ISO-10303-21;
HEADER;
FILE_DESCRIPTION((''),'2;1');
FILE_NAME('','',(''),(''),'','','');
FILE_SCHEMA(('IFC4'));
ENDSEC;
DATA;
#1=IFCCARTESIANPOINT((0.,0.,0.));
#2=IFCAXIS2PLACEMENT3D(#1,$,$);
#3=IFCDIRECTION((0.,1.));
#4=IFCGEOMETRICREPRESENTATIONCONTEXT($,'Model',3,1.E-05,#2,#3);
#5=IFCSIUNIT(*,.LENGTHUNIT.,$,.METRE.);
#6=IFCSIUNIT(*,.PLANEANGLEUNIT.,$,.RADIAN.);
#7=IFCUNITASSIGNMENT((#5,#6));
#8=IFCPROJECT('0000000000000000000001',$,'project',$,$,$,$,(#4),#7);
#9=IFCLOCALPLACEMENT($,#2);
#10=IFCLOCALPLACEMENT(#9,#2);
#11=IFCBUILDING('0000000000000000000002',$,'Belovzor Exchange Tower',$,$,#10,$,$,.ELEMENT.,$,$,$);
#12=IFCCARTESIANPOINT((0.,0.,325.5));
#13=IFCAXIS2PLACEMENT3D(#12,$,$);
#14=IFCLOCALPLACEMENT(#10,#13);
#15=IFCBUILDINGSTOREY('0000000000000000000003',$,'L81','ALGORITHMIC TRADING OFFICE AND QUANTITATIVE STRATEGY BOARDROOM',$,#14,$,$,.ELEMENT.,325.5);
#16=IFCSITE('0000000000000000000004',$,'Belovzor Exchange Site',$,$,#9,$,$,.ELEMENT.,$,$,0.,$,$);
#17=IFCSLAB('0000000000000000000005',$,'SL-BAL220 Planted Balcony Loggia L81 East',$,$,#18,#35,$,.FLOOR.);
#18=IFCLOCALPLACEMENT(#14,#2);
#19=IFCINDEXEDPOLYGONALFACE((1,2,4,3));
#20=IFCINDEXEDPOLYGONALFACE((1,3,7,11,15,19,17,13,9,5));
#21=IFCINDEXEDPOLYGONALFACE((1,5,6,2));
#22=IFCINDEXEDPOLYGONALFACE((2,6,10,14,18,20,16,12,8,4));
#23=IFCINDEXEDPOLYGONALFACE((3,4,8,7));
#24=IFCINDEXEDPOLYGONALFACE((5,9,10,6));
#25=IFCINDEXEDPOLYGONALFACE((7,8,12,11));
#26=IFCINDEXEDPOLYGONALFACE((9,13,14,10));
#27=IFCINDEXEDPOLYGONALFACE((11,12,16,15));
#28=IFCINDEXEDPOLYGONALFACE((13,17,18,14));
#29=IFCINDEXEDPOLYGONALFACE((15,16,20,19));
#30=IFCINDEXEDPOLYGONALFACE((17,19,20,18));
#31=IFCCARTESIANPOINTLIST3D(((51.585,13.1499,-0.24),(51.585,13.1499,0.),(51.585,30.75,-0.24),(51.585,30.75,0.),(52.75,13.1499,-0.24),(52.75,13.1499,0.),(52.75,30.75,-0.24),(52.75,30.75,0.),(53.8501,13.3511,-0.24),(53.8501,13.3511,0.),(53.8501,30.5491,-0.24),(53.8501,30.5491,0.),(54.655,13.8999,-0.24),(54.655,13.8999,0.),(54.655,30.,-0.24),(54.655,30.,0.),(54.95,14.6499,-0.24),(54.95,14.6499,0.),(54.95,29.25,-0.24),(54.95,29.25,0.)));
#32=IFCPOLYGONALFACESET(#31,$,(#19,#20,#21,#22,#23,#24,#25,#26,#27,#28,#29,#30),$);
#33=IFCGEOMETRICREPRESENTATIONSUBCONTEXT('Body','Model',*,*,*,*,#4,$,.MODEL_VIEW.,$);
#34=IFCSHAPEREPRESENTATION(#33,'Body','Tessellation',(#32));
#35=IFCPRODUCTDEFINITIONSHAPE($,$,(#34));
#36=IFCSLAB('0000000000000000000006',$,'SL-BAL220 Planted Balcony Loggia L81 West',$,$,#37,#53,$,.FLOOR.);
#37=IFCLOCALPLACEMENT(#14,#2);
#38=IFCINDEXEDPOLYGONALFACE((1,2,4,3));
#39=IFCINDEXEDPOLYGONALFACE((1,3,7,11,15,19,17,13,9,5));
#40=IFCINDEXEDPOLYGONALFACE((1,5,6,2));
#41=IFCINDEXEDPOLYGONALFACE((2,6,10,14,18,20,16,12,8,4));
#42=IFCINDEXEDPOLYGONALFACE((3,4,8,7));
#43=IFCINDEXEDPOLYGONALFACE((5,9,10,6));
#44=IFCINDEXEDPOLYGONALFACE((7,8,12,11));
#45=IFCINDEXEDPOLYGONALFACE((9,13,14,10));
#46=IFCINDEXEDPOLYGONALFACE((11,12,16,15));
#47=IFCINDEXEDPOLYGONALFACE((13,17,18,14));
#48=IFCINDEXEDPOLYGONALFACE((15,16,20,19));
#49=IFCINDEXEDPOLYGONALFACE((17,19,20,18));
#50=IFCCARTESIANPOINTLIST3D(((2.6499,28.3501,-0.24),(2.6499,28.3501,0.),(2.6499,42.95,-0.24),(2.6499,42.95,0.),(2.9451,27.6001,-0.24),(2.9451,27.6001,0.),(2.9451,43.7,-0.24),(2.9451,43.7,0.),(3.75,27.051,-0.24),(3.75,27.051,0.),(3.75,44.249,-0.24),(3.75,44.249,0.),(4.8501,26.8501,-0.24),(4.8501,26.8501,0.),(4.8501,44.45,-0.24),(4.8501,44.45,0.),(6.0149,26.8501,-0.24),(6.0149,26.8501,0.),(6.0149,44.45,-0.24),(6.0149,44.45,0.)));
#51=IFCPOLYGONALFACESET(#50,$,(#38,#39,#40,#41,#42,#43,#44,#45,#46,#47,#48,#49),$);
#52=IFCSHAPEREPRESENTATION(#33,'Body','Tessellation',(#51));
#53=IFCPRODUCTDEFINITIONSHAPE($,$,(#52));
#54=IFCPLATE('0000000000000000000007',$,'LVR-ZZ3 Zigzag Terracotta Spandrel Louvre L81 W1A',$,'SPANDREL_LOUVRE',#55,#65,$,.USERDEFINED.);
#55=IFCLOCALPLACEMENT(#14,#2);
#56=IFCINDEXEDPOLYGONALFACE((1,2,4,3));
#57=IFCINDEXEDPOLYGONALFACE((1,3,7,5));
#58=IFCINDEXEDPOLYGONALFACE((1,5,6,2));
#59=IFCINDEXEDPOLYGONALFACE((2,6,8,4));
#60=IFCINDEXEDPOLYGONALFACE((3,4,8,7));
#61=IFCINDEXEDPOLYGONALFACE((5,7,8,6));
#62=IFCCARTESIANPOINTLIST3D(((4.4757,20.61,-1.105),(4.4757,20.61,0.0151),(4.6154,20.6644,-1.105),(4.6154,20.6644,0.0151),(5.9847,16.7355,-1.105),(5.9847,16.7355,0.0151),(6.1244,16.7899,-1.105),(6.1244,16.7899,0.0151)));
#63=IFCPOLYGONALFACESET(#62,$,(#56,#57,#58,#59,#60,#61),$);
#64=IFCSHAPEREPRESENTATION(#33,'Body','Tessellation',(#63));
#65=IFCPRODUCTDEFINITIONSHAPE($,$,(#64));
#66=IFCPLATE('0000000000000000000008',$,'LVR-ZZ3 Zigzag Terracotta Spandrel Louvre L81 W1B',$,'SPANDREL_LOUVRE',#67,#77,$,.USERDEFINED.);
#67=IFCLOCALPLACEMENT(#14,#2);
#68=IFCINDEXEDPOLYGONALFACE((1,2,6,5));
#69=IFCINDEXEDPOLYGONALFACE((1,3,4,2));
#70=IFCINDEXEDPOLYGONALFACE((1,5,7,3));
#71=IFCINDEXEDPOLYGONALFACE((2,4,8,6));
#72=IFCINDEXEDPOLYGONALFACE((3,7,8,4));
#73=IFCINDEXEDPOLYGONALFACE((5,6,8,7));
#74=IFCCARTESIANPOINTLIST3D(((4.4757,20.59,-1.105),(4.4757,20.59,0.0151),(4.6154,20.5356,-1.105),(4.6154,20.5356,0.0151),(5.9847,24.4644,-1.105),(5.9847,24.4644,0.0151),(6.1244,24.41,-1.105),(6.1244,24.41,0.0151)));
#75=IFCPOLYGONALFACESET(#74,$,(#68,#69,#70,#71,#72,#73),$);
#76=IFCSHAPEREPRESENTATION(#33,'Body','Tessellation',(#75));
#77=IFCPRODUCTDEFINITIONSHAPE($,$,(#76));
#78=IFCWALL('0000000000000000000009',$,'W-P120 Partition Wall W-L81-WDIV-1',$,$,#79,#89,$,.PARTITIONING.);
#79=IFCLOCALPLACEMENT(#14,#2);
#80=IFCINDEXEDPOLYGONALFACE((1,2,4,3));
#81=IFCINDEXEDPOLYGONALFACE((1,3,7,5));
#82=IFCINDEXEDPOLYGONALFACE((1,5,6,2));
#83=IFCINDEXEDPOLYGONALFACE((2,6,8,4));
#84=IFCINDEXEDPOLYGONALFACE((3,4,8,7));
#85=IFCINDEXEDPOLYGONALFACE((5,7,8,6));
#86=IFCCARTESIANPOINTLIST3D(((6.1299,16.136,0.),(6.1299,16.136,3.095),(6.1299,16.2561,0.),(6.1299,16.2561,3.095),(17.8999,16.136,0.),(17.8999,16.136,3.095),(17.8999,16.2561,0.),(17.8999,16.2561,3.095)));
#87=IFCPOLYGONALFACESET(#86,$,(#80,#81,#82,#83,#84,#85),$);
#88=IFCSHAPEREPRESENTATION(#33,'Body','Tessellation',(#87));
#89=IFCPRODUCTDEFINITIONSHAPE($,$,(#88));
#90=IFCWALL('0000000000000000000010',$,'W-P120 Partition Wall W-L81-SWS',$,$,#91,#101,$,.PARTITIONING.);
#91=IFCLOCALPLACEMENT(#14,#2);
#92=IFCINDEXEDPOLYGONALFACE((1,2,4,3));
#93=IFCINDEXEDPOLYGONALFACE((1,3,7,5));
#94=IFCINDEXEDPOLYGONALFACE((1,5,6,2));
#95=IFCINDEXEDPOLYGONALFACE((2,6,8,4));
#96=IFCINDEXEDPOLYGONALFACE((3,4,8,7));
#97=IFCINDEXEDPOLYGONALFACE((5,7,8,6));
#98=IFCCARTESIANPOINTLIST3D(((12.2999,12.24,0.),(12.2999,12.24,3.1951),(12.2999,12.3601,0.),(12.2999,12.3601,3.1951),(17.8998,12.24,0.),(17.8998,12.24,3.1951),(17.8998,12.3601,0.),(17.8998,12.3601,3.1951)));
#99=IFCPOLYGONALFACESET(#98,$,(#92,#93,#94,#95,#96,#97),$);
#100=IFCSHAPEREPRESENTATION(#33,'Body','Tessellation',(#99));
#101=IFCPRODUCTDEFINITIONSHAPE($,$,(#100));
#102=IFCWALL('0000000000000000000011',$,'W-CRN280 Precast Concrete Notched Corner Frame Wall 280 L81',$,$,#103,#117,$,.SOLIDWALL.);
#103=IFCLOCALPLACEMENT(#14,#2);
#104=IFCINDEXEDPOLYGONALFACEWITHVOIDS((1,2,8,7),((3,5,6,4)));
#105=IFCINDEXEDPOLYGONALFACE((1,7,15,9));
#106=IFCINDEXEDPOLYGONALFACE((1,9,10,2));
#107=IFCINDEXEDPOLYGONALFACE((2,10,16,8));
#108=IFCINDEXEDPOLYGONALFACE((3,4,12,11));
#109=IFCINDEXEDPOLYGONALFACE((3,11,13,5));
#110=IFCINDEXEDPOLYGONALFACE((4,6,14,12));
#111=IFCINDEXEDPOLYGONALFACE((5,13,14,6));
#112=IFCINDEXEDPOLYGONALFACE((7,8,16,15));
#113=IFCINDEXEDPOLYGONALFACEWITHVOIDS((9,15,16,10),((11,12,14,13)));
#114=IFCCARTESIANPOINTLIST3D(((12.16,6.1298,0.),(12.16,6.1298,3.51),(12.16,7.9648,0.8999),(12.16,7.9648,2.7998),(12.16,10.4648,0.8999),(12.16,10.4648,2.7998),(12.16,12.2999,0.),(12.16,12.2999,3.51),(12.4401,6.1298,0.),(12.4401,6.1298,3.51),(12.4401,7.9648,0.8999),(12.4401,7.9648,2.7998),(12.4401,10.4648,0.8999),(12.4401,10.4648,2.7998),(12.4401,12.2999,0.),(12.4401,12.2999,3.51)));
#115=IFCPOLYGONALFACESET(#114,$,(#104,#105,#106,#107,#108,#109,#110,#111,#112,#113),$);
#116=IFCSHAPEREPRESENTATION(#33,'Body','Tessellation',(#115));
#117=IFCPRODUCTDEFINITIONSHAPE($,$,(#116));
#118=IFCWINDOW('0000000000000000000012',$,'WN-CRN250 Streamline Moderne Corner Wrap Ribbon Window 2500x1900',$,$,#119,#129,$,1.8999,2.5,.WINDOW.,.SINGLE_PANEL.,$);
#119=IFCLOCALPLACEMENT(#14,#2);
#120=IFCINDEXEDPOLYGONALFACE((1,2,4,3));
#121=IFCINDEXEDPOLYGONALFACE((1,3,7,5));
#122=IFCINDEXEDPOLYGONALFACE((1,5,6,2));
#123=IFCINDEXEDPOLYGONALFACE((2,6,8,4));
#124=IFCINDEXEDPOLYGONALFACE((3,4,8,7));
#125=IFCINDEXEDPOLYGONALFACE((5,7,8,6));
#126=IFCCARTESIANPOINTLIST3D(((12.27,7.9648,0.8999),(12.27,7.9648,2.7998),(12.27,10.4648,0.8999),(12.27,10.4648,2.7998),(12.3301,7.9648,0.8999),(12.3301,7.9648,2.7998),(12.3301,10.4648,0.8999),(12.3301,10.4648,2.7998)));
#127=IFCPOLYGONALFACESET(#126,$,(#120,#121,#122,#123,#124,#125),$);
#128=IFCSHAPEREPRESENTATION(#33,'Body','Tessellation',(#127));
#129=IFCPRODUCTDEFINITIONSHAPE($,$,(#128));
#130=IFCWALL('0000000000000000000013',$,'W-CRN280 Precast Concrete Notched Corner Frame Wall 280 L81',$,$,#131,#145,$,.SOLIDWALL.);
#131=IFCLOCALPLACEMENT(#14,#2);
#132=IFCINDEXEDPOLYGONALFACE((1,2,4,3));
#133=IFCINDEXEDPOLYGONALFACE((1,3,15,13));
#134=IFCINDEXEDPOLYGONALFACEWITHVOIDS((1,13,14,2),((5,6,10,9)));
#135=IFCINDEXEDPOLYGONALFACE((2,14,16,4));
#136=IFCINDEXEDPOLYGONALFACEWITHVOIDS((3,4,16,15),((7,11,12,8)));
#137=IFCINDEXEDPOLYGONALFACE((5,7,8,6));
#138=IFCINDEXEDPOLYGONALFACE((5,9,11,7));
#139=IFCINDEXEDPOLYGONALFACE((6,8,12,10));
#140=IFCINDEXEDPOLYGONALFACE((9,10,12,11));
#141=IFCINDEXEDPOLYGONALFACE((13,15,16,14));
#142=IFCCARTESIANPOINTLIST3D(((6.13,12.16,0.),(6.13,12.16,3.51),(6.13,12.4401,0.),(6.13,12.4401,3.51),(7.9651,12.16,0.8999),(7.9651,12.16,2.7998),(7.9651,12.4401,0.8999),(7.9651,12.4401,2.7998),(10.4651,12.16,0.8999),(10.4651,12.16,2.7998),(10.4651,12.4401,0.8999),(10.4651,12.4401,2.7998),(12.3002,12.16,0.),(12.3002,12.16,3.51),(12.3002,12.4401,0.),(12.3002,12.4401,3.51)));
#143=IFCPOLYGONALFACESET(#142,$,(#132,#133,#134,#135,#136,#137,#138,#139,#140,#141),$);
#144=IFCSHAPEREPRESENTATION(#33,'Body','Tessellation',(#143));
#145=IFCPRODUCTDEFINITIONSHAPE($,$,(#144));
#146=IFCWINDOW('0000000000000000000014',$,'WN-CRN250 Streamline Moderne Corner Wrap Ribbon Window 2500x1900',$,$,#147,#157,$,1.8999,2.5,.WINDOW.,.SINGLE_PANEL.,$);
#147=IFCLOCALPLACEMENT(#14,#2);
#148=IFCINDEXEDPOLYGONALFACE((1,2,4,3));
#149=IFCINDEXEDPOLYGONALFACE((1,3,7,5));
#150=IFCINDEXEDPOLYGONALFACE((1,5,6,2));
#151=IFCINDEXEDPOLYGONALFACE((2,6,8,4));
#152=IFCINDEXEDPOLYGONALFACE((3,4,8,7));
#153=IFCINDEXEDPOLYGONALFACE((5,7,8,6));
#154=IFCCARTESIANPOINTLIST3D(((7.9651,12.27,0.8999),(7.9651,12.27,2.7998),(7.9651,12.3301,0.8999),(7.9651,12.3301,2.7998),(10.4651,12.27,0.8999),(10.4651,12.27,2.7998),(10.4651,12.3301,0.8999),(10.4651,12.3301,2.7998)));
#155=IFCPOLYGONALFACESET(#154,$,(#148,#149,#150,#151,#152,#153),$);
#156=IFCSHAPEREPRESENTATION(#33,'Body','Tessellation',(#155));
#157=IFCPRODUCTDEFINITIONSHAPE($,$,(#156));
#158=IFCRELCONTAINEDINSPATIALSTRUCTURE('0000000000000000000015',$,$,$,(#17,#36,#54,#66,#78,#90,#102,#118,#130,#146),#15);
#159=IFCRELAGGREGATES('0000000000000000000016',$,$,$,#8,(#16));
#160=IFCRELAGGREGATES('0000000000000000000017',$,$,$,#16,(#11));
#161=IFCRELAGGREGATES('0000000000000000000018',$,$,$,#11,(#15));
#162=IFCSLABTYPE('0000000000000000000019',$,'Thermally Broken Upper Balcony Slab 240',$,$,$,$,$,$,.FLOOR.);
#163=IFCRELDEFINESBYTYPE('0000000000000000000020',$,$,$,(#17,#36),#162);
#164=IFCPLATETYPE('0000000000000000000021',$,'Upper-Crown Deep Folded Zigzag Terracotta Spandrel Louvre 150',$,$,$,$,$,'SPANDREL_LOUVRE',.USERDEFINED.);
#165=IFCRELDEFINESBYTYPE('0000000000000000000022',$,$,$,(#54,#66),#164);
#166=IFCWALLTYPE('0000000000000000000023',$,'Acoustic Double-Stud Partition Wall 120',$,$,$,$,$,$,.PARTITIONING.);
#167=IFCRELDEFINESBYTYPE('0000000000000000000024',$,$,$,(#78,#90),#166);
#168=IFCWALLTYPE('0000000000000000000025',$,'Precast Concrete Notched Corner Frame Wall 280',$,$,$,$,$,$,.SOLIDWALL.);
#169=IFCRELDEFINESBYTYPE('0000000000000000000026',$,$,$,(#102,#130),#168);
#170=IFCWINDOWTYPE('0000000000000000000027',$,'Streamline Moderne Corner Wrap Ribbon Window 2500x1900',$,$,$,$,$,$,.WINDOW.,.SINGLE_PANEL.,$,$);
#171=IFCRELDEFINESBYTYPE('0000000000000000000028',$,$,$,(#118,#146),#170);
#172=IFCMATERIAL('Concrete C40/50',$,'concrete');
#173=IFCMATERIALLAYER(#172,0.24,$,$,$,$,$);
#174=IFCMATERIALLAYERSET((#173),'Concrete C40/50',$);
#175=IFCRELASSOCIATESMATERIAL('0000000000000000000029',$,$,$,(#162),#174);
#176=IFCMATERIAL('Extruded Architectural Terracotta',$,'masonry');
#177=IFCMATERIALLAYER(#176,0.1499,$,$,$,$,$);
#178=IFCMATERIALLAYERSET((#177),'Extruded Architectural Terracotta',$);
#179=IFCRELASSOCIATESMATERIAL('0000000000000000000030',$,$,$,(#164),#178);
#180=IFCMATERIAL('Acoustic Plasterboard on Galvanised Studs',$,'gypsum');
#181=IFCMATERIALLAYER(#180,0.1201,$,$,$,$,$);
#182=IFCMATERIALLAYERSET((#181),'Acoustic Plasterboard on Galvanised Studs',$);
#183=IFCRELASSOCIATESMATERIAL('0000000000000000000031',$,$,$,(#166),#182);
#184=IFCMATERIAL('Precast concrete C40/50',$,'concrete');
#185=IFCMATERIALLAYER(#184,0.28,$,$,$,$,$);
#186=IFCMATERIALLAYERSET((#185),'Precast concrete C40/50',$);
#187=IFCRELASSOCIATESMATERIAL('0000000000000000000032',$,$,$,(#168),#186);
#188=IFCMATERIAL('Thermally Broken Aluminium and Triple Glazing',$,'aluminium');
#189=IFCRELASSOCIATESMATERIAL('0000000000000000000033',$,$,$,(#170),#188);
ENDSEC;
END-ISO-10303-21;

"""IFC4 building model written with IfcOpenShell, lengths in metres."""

from ifc_helpers import new_model, si_unit, direction, frame, frame_2d, origin, origin_2d, place, context, subcontext, project, spatial, polyline, rectangle, outline, extrude, material, layer, layer_set, type_object, element, fill, save


model = new_model("IFC4")

# Units and contexts
model_context = context("Model", 3, precision=1e-05, world=origin(), true_north=direction((0.0, 1.0)))
body_context = subcontext(model_context, "Body", "Model", "MODEL_VIEW")
ifc_project = project(units=[si_unit("LENGTHUNIT", "METRE"), si_unit("PLANEANGLEUNIT", "RADIAN")], contexts=[model_context])

# Site, building, storey
site_placement = place(None, origin())
site = spatial("IfcSite", under=ifc_project, at=site_placement, Name="Belovzor Exchange Site", CompositionType="ELEMENT", RefElevation=0.0)
building_placement = place(site_placement, origin())
building = spatial("IfcBuilding", under=site, at=building_placement, Name="Belovzor Exchange Tower", CompositionType="ELEMENT")
storey_placement = place(building_placement, frame((0.0, 0.0, 325.5)))
storey = spatial("IfcBuildingStorey", under=building, at=storey_placement, Name="L81", Description="ALGORITHMIC TRADING OFFICE AND QUANTITATIVE STRATEGY BOARDROOM", CompositionType="ELEMENT", Elevation=325.5)

# Slabs
ifc_material_1 = material(Name="Concrete C40/50", Category="concrete")
ifc_layer_1 = layer(ifc_material_1, 0.24)
ifc_layer_set_1 = layer_set([ifc_layer_1], Name="Concrete C40/50")
slab_type_1 = type_object("IfcSlabType", Name="Thermally Broken Upper Balcony Slab 240", PredefinedType="FLOOR", material=ifc_layer_set_1)
slab_1_placement = place(storey_placement, frame((0.0, 0.0, -0.24)))
element("IfcSlab", 1, at=slab_1_placement, inside=storey, type_object=slab_type_1, Name="SL-BAL220 Planted Balcony Loggia L81 East", PredefinedType="FLOOR", context=body_context, shape_type="SweptSolid", body=[
    extrude(outline(polyline([(51.585, 13.1499), (52.75, 13.1499), (53.8501, 13.3511), (54.655, 13.8999), (54.95, 14.6499), (54.95, 29.25), (54.655, 30.0), (53.8501, 30.5491), (52.75, 30.75), (51.585, 30.75), (51.585, 13.1499)])), origin(), (0.0, 0.0, 1.0), 0.24),
])
slab_2_placement = place(storey_placement, frame((0.0, 0.0, -0.24)))
element("IfcSlab", 2, at=slab_2_placement, inside=storey, type_object=slab_type_1, Name="SL-BAL220 Planted Balcony Loggia L81 West", PredefinedType="FLOOR", context=body_context, shape_type="SweptSolid", body=[
    extrude(outline(polyline([(6.0149, 44.45), (4.8501, 44.45), (3.75, 44.249), (2.9451, 43.7), (2.6499, 42.95), (2.6499, 28.3501), (2.9451, 27.6001), (3.75, 27.051), (4.8501, 26.8501), (6.0149, 26.8501), (6.0149, 44.45)])), origin(), (0.0, 0.0, 1.0), 0.24),
])

# Plates
ifc_material_2 = material(Name="Extruded Architectural Terracotta", Category="masonry")
ifc_layer_2 = layer(ifc_material_2, 0.1499)
ifc_layer_set_2 = layer_set([ifc_layer_2], Name="Extruded Architectural Terracotta")
plate_type_1 = type_object("IfcPlateType", Name="Upper-Crown Deep Folded Zigzag Terracotta Spandrel Louvre 150", ElementType="SPANDREL_LOUVRE", PredefinedType="USERDEFINED", material=ifc_layer_set_2)
for number, where, z_axis, x_axis, name in (
    (3, (5.3, 18.7, -1.105), (0.0, 0.0, 1.0), (-0.362926, 0.931818, 0.0), "LVR-ZZ3 Zigzag Terracotta Spandrel Louvre L81 W1A"),
    (4, (5.3, 22.5, -1.105), (0.0, 0.0, 1.0), (0.362926, 0.931818, 0.0), "LVR-ZZ3 Zigzag Terracotta Spandrel Louvre L81 W1B"),
):
    element("IfcPlate", number, at=place(storey_placement, frame(where, z_axis=z_axis, x_axis=x_axis)), inside=storey, type_object=plate_type_1, Name=name, ObjectType="SPANDREL_LOUVRE", PredefinedType="USERDEFINED", context=body_context, shape_type="SweptSolid", body=[
        extrude(rectangle(XDim=4.158, YDim=0.1499, at=origin_2d()), origin(), (0.0, 0.0, 1.0), 1.1201),
    ])

# Walls
ifc_material_3 = material(Name="Acoustic Plasterboard on Galvanised Studs", Category="gypsum")
ifc_layer_3 = layer(ifc_material_3, 0.1201)
ifc_layer_set_3 = layer_set([ifc_layer_3], Name="Acoustic Plasterboard on Galvanised Studs")
wall_type_1 = type_object("IfcWallType", Name="Acoustic Double-Stud Partition Wall 120", PredefinedType="PARTITIONING", material=ifc_layer_set_3)
wall_1_placement = place(storey_placement, frame((6.1299, 16.196, 0.0), z_axis=(0.0, 0.0, 1.0), x_axis=(1.0, 0.0, 0.0)))
element("IfcWall", 5, at=wall_1_placement, inside=storey, type_object=wall_type_1, Name="W-P120 Partition Wall W-L81-WDIV-1", PredefinedType="PARTITIONING", context=body_context, shape_type="SweptSolid", body=[
    extrude(rectangle(XDim=11.77, YDim=0.1201, at=frame_2d((5.885, 0.0))), origin(), (0.0, 0.0, 1.0), 3.095),
])
wall_2_placement = place(storey_placement, frame((12.3, 12.3, 0.0), z_axis=(0.0, 0.0, 1.0), x_axis=(1.0, 0.0, 0.0)))
element("IfcWall", 6, at=wall_2_placement, inside=storey, type_object=wall_type_1, Name="W-P120 Partition Wall W-L81-SWS", PredefinedType="PARTITIONING", context=body_context, shape_type="SweptSolid", body=[
    extrude(rectangle(XDim=5.5999, YDim=0.1201, at=frame_2d((2.7998, 0.0))), origin(), (0.0, 0.0, 1.0), 3.1951),
])

# Walls, openings, windows
ifc_material_4 = material(Name="Precast concrete C40/50", Category="concrete")
ifc_layer_4 = layer(ifc_material_4, 0.28)
ifc_layer_set_4 = layer_set([ifc_layer_4], Name="Precast concrete C40/50")
wall_type_2 = type_object("IfcWallType", Name="Precast Concrete Notched Corner Frame Wall 280", PredefinedType="SOLIDWALL", material=ifc_layer_set_4)
wall_3_placement = place(storey_placement, frame((12.3, 6.1299, 0.0), z_axis=(0.0, 0.0, 1.0), x_axis=(0.0, 1.0, 0.0)))
wall_3 = element("IfcWall", 7, at=wall_3_placement, inside=storey, type_object=wall_type_2, Name="W-CRN280 Precast Concrete Notched Corner Frame Wall 280 L81", PredefinedType="SOLIDWALL", context=body_context, shape_type="SweptSolid", body=[
    extrude(rectangle(XDim=6.1702, YDim=0.28, at=frame_2d((3.085, 0.0))), origin(), (0.0, 0.0, 1.0), 3.51),
])
opening_1_placement = place(wall_3_placement, frame((1.835, 0.0, 0.8999)))
opening_1 = element("IfcOpeningElement", 8, at=opening_1_placement, cuts=wall_3, PredefinedType="OPENING", context=body_context, shape_type="SweptSolid", body=[
    extrude(rectangle(XDim=2.5, YDim=1.8999, at=frame_2d((1.25, 0.95))), frame((0.0, 0.1499, 0.0), z_axis=(0.0, -1.0, 0.0), x_axis=(1.0, 0.0, 0.0)), (0.0, 0.0, 1.0), 0.3),
])
ifc_material_5 = material(Name="Thermally Broken Aluminium and Triple Glazing", Category="aluminium")
window_type_1 = type_object("IfcWindowType", Name="Streamline Moderne Corner Wrap Ribbon Window 2500x1900", PartitioningType="SINGLE_PANEL", PredefinedType="WINDOW", material=ifc_material_5)
window_1_placement = place(opening_1_placement, origin())
window_1 = element("IfcWindow", 9, at=window_1_placement, inside=storey, type_object=window_type_1, Name="WN-CRN250 Streamline Moderne Corner Wrap Ribbon Window 2500x1900", OverallHeight=1.8999, OverallWidth=2.5, PartitioningType="SINGLE_PANEL", PredefinedType="WINDOW", context=body_context, shape_type="SweptSolid", body=[
    extrude(rectangle(XDim=2.5, YDim=1.8999, at=frame_2d((1.25, 0.95))), frame((0.0, 0.03, 0.0), z_axis=(0.0, -1.0, 0.0), x_axis=(1.0, 0.0, 0.0)), (0.0, 0.0, 1.0), 0.0601),
])
fill(opening_1, window_1)
wall_4_placement = place(storey_placement, frame((12.3, 12.3, 0.0), z_axis=(0.0, 0.0, 1.0), x_axis=(-1.0, 0.0, 0.0)))
wall_4 = element("IfcWall", 10, at=wall_4_placement, inside=storey, type_object=wall_type_2, Name="W-CRN280 Precast Concrete Notched Corner Frame Wall 280 L81", PredefinedType="SOLIDWALL", context=body_context, shape_type="SweptSolid", body=[
    extrude(rectangle(XDim=6.1702, YDim=0.28, at=frame_2d((3.085, 0.0))), origin(), (0.0, 0.0, 1.0), 3.51),
])
opening_2_placement = place(wall_4_placement, frame((1.835, 0.0, 0.8999)))
opening_2 = element("IfcOpeningElement", 11, at=opening_2_placement, cuts=wall_4, PredefinedType="OPENING", context=body_context, shape_type="SweptSolid", body=[
    extrude(rectangle(XDim=2.5, YDim=1.8999, at=frame_2d((1.25, 0.95))), frame((0.0, 0.1499, 0.0), z_axis=(0.0, -1.0, 0.0), x_axis=(1.0, 0.0, 0.0)), (0.0, 0.0, 1.0), 0.3),
])
window_2_placement = place(opening_2_placement, origin())
window_2 = element("IfcWindow", 12, at=window_2_placement, inside=storey, type_object=window_type_1, Name="WN-CRN250 Streamline Moderne Corner Wrap Ribbon Window 2500x1900", OverallHeight=1.8999, OverallWidth=2.5, PartitioningType="SINGLE_PANEL", PredefinedType="WINDOW", context=body_context, shape_type="SweptSolid", body=[
    extrude(rectangle(XDim=2.5, YDim=1.8999, at=frame_2d((1.25, 0.95))), frame((0.0, 0.03, 0.0), z_axis=(0.0, -1.0, 0.0), x_axis=(1.0, 0.0, 0.0)), (0.0, 0.0, 1.0), 0.0601),
])
fill(opening_2, window_2)

save(model, "model.ifc")
